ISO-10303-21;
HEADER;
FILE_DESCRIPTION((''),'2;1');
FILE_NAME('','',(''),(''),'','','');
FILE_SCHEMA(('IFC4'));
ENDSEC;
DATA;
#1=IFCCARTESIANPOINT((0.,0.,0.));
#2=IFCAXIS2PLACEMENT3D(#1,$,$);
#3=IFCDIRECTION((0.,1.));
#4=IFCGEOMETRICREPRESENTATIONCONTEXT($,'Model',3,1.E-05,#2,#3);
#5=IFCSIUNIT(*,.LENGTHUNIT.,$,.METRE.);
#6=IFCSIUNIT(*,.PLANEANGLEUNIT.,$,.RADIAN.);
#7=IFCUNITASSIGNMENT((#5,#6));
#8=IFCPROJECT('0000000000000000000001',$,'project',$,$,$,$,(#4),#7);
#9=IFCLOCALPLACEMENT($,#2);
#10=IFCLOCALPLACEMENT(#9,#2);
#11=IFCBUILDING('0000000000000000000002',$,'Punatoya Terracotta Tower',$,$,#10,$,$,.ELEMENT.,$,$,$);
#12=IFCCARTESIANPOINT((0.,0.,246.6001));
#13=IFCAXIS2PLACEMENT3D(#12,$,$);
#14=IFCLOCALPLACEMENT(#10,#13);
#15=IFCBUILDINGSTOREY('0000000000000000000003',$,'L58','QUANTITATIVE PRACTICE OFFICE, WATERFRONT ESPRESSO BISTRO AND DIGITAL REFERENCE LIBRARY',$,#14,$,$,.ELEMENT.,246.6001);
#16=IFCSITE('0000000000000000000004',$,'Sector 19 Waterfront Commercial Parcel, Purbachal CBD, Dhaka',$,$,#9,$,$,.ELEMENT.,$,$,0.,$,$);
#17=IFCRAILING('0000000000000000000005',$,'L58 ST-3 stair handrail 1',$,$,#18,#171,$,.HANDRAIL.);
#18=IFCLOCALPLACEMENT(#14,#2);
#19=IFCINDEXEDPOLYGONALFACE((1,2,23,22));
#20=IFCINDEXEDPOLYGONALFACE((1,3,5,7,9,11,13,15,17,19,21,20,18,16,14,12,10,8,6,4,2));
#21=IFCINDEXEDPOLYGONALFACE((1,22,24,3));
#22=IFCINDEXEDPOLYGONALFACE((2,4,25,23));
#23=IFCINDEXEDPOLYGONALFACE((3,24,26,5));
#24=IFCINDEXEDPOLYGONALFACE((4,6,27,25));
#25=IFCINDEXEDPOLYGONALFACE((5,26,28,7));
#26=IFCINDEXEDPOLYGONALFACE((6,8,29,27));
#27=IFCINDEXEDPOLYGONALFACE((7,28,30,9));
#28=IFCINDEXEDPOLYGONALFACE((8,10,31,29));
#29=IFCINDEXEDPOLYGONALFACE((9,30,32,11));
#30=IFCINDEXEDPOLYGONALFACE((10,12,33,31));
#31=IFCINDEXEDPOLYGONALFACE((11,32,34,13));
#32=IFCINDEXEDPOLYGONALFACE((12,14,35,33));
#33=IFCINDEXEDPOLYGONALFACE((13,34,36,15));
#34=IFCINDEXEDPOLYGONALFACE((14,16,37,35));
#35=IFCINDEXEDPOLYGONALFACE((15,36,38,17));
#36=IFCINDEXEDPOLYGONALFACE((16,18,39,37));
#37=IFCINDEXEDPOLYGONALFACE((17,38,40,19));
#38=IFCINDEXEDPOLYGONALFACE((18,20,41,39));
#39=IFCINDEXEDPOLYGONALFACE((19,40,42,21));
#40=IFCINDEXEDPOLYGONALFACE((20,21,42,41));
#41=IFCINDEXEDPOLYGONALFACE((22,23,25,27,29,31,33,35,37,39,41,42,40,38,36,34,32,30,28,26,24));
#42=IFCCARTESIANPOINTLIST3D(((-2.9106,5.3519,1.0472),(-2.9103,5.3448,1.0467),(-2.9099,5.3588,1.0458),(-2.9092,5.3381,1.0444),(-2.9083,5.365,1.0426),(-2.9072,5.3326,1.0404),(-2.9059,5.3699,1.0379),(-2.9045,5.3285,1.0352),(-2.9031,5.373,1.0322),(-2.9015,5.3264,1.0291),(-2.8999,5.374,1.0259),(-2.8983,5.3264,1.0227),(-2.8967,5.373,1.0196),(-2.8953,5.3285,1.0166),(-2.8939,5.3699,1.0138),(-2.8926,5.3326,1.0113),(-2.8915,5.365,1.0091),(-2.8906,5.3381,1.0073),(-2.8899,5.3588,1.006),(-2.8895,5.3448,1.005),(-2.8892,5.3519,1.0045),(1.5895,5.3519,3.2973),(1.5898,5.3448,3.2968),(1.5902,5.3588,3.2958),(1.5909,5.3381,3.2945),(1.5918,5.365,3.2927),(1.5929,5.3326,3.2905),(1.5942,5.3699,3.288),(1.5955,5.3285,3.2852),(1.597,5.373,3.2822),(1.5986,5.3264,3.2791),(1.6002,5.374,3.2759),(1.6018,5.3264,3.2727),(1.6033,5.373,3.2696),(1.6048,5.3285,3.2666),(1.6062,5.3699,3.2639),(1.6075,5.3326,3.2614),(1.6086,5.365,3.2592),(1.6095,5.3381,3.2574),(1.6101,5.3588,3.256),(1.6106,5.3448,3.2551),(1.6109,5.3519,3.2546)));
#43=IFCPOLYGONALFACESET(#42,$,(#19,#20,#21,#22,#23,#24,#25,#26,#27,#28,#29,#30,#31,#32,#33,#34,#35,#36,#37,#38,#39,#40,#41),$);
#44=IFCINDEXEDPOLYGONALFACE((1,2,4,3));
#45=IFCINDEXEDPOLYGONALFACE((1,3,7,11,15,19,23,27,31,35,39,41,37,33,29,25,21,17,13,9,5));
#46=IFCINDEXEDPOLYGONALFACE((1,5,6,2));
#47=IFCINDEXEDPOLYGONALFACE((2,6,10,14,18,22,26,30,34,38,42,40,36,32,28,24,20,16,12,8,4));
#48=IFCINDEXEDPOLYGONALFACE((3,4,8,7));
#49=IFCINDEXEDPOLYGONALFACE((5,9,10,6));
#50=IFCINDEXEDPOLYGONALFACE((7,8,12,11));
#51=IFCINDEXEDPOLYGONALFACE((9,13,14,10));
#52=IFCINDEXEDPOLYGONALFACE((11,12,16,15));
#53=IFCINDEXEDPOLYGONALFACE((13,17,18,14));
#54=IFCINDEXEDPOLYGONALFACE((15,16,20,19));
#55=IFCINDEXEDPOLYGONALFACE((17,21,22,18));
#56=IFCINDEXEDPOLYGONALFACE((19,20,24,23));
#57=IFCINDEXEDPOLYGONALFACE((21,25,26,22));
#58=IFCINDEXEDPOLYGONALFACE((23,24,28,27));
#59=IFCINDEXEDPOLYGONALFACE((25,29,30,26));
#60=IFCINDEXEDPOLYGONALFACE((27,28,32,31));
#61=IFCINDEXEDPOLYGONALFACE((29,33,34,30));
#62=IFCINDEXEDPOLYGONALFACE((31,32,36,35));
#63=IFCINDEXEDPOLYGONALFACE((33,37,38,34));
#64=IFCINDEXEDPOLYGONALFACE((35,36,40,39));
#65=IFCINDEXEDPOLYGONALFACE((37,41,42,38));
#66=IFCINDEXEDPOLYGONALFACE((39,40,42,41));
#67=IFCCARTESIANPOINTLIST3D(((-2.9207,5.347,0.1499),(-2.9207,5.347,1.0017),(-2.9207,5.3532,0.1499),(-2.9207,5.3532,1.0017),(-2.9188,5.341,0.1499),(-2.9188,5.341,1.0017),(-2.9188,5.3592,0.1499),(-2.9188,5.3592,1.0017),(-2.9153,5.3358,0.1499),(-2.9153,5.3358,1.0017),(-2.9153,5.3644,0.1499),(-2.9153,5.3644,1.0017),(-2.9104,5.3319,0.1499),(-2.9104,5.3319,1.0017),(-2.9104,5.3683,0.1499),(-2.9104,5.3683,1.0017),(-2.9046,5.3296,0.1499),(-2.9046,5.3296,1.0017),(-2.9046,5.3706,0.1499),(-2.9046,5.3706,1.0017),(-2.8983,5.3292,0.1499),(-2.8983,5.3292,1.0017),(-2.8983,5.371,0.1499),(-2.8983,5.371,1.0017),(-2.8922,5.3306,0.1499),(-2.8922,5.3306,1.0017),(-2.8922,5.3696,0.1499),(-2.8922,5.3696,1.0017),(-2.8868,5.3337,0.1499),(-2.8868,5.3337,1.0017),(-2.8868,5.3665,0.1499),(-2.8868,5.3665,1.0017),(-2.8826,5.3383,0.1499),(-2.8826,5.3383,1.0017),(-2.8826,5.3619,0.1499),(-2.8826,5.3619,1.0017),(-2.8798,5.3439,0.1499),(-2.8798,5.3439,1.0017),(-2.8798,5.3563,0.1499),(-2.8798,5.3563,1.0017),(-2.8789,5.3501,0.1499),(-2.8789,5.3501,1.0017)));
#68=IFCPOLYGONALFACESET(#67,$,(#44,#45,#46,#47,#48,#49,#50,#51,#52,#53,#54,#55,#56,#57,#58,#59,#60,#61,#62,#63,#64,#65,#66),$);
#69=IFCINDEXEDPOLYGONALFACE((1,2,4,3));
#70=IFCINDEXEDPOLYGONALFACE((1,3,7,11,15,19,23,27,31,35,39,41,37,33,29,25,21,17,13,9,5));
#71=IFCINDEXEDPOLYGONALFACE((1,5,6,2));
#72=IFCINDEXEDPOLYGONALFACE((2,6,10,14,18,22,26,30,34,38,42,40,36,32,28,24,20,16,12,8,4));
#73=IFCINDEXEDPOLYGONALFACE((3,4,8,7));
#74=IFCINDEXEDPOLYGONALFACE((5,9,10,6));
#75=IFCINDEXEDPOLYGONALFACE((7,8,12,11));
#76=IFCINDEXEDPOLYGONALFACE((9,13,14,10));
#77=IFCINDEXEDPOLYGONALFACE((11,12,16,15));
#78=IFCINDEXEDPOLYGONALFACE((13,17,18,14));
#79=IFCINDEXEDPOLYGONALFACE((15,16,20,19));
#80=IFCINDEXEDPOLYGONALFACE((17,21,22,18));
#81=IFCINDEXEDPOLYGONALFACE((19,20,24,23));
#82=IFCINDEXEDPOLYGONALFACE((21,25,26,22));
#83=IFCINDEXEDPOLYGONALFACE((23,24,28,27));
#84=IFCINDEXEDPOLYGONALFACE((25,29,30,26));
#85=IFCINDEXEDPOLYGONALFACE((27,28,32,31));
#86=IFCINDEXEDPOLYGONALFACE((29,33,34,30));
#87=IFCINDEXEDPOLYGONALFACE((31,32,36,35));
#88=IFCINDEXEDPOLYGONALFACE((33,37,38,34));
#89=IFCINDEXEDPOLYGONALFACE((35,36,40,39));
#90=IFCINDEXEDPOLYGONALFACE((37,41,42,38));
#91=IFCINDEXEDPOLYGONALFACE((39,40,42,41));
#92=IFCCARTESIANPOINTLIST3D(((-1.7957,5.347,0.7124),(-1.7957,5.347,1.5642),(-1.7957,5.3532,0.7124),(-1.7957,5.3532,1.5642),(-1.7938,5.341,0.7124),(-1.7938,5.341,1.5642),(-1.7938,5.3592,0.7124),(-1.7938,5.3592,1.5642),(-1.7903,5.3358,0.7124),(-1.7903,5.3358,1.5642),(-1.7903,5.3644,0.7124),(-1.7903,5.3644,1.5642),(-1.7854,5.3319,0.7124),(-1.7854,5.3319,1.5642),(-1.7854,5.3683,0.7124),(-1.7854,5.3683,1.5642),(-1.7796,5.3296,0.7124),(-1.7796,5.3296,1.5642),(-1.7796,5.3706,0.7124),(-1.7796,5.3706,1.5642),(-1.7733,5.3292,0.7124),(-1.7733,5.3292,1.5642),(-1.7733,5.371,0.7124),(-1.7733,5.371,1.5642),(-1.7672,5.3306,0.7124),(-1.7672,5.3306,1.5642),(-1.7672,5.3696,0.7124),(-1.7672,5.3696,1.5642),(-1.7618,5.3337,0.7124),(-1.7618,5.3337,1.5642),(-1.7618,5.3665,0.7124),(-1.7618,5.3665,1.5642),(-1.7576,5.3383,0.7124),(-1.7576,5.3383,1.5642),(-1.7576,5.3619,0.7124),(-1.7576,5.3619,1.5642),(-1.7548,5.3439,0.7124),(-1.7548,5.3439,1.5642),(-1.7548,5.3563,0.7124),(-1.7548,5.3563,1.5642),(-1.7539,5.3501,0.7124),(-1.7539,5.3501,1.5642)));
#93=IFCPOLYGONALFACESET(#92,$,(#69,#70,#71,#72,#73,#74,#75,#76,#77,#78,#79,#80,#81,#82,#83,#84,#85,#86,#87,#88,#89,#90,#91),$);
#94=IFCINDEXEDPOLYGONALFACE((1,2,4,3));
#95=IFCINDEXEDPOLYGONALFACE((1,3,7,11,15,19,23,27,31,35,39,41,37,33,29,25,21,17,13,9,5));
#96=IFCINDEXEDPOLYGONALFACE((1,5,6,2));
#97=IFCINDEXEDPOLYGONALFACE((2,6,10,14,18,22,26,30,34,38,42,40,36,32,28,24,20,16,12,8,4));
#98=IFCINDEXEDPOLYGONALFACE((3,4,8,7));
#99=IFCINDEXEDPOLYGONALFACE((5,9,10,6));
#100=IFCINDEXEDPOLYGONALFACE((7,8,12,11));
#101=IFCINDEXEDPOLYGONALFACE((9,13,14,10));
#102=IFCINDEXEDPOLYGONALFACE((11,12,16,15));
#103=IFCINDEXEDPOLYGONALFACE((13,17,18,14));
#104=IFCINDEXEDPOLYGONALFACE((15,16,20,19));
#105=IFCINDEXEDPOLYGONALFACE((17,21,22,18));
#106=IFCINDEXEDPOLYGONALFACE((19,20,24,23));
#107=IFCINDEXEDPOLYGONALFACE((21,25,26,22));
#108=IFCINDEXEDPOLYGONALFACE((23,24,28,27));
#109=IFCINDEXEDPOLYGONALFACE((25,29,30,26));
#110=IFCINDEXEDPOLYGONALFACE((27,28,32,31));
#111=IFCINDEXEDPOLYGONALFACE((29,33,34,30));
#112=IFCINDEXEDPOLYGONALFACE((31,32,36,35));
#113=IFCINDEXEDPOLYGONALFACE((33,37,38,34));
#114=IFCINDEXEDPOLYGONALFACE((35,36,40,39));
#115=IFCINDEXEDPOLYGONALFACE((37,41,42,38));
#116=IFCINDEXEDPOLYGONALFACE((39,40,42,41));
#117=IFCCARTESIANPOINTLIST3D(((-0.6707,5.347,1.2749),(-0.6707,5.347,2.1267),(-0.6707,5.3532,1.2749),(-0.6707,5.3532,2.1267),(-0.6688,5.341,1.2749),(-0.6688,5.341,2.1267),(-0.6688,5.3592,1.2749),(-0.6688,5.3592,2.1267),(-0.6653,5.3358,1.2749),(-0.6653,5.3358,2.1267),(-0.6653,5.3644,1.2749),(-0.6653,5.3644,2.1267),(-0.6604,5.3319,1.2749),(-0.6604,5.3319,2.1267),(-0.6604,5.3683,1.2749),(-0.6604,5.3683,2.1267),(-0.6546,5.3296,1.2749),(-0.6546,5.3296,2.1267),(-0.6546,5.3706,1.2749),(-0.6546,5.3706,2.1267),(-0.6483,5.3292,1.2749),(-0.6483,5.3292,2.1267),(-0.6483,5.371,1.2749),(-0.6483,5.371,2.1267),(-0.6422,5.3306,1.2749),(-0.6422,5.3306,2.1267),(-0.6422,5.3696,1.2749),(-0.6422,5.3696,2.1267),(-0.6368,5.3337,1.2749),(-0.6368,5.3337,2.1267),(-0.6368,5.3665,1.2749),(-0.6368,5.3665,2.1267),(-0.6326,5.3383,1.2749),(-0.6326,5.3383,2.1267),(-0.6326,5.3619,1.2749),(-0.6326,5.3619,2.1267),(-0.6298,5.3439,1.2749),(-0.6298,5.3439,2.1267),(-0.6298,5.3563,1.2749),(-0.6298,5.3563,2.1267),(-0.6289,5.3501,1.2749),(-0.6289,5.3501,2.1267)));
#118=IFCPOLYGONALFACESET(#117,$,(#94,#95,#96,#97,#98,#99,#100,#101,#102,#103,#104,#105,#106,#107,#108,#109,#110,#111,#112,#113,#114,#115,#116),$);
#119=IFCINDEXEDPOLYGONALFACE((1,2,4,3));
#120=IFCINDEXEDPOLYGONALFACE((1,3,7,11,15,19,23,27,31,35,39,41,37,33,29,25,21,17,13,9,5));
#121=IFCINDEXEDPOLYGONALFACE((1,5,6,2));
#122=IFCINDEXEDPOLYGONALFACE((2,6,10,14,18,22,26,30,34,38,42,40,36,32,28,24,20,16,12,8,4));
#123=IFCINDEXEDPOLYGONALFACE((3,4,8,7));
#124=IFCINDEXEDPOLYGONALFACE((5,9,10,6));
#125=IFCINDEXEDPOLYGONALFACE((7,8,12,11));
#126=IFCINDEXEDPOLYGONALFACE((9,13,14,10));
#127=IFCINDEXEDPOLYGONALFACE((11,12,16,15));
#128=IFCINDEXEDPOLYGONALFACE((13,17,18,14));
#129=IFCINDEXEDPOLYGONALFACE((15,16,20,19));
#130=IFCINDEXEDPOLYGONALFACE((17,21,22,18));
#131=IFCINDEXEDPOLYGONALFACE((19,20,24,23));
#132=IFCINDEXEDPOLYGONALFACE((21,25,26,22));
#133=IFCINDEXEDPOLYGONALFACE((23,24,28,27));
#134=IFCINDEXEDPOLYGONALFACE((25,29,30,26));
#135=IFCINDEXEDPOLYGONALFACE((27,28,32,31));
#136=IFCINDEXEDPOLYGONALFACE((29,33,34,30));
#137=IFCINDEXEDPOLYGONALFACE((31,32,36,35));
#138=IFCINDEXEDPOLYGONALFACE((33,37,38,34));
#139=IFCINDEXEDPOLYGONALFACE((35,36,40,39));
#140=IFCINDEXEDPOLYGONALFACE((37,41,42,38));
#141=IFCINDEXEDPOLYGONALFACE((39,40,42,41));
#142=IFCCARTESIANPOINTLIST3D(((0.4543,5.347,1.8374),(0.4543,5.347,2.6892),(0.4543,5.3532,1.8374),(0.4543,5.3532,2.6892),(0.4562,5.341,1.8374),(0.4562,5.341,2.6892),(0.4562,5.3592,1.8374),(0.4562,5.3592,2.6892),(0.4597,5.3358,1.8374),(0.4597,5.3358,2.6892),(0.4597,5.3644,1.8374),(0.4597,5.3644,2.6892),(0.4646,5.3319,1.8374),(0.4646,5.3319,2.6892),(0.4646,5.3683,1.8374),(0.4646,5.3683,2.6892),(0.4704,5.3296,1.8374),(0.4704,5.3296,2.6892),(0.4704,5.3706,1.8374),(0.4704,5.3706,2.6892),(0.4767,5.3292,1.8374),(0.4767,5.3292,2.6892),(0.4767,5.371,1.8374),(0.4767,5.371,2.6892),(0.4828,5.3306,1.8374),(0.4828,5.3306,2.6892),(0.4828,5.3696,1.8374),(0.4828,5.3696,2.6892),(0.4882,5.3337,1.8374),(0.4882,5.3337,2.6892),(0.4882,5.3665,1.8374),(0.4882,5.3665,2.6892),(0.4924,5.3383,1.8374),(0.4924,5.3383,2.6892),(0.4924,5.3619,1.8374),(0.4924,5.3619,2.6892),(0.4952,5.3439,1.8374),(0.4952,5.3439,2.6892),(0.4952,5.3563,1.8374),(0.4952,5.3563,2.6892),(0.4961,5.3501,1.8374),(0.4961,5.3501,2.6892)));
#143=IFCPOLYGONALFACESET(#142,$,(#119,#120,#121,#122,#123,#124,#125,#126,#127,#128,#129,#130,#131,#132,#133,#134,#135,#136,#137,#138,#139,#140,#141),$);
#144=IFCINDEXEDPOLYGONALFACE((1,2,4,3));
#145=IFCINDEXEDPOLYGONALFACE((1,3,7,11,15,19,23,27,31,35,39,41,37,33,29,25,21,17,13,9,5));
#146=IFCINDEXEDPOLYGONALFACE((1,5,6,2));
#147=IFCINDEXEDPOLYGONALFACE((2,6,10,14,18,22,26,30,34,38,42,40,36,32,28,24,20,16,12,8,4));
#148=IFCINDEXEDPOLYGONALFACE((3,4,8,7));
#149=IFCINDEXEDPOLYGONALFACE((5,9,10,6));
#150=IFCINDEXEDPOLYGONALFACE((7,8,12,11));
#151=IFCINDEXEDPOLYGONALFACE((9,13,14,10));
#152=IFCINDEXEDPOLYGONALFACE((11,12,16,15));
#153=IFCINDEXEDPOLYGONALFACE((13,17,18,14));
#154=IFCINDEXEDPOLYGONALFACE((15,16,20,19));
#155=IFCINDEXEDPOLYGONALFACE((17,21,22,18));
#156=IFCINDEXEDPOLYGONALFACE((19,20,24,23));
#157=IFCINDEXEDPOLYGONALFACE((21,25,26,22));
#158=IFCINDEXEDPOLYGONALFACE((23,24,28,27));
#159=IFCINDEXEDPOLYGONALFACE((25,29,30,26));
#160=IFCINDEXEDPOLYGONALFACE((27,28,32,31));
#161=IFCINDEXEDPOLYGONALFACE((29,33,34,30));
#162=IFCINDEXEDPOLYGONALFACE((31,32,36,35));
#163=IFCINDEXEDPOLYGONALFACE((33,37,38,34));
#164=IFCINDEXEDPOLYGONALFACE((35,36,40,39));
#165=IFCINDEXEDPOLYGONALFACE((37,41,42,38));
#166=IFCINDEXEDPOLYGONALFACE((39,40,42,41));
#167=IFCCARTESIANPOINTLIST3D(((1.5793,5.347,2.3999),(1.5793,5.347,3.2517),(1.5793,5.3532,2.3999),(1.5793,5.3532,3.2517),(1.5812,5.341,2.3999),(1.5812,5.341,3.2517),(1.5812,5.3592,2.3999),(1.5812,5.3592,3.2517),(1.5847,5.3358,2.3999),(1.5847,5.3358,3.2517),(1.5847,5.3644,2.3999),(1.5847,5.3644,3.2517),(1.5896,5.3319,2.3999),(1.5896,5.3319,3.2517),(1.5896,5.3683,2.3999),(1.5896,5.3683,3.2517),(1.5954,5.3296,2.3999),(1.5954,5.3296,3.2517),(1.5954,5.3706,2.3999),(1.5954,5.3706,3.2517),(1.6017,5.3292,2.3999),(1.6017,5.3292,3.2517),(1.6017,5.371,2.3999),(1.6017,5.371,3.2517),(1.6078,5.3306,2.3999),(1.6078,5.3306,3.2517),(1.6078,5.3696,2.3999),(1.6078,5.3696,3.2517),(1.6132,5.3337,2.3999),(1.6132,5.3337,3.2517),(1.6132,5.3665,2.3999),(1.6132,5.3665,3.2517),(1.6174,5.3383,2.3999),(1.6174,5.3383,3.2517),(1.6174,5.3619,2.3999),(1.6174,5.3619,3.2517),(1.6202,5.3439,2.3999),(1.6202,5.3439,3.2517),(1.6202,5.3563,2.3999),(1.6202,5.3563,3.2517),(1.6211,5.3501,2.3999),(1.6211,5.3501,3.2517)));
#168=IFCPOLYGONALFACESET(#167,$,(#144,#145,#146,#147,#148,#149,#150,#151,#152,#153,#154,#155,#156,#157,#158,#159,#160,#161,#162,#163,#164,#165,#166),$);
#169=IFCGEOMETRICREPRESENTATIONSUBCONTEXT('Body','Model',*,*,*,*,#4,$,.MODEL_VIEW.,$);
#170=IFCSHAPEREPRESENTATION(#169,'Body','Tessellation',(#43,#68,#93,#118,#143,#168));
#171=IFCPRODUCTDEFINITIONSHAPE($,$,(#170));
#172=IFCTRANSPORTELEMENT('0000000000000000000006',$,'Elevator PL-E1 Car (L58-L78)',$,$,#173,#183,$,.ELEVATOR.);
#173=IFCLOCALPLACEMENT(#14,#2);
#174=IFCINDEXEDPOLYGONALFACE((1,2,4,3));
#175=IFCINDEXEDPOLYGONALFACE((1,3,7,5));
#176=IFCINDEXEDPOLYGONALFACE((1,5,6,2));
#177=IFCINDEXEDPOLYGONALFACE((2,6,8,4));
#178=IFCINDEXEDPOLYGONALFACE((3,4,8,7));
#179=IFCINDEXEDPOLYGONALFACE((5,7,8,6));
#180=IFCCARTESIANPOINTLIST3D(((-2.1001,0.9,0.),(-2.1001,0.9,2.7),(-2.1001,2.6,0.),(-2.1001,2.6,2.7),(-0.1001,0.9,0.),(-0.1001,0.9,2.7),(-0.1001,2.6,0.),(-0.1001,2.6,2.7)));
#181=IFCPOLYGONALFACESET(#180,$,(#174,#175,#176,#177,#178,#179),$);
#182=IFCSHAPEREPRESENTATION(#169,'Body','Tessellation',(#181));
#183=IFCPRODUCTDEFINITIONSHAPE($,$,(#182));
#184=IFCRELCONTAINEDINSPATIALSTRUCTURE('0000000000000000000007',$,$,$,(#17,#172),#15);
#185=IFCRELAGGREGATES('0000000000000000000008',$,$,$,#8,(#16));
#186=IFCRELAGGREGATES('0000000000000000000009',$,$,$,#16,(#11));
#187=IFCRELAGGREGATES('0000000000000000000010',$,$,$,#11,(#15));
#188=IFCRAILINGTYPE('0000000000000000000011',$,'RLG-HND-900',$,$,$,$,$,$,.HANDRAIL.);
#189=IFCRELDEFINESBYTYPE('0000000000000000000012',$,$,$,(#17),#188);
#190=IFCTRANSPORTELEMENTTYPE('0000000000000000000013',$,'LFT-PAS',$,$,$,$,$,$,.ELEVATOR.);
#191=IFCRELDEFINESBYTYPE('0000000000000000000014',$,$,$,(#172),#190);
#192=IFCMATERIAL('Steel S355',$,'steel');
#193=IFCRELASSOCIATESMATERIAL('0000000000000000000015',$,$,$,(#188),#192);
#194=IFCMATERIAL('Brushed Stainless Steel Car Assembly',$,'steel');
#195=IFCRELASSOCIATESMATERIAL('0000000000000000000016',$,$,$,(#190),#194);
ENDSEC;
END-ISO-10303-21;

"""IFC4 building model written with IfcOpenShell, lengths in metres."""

from ifc_helpers import new_model, si_unit, direction, frame, origin, origin_2d, place, context, subcontext, project, spatial, rectangle, circle, extrude, material, type_object, element, save


model = new_model("IFC4")

# Units and contexts
model_context = context("Model", 3, precision=1e-05, world=origin(), true_north=direction((0.0, 1.0)))
body_context = subcontext(model_context, "Body", "Model", "MODEL_VIEW")
ifc_project = project(units=[si_unit("LENGTHUNIT", "METRE"), si_unit("PLANEANGLEUNIT", "RADIAN")], contexts=[model_context])

# Site, building, storey
site_placement = place(None, origin())
site = spatial("IfcSite", under=ifc_project, at=site_placement, Name="Sector 19 Waterfront Commercial Parcel, Purbachal CBD, Dhaka", CompositionType="ELEMENT", RefElevation=0.0)
building_placement = place(site_placement, origin())
building = spatial("IfcBuilding", under=site, at=building_placement, Name="Punatoya Terracotta Tower", CompositionType="ELEMENT")
storey_placement = place(building_placement, frame((0.0, 0.0, 246.6001)))
storey = spatial("IfcBuildingStorey", under=building, at=storey_placement, Name="L58", Description="QUANTITATIVE PRACTICE OFFICE, WATERFRONT ESPRESSO BISTRO AND DIGITAL REFERENCE LIBRARY", CompositionType="ELEMENT", Elevation=246.6001)

# Railing
ifc_material_1 = material(Name="Steel S355", Category="steel")
railing_type_1 = type_object("IfcRailingType", Name="RLG-HND-900", PredefinedType="HANDRAIL", material=ifc_material_1)
railing_1_placement = place(storey_placement, frame((-2.8999, 5.3501, 0.1499)))
element("IfcRailing", 1, at=railing_1_placement, inside=storey, type_object=railing_type_1, Name="L58 ST-3 stair handrail 1", PredefinedType="HANDRAIL", context=body_context, shape_type="SweptSolid", body=[
    extrude(circle(Radius=0.0239, at=origin_2d()), frame((0.0, 0.0, 0.876), z_axis=(0.894427, 0.0, 0.447214), x_axis=(0.0, 1.0, 0.0)), (0.0, 0.0, 1.0), 5.0312),
    extrude(circle(Radius=0.021, at=origin_2d()), origin(), (0.0, 0.0, 1.0), 0.8518),
    extrude(circle(Radius=0.021, at=origin_2d()), frame((1.125, 0.0, 0.5625)), (0.0, 0.0, 1.0), 0.8518),
    extrude(circle(Radius=0.021, at=origin_2d()), frame((2.25, 0.0, 1.125)), (0.0, 0.0, 1.0), 0.8518),
    extrude(circle(Radius=0.021, at=origin_2d()), frame((3.375, 0.0, 1.6875)), (0.0, 0.0, 1.0), 0.8518),
    extrude(circle(Radius=0.021, at=origin_2d()), frame((4.5, 0.0, 2.25)), (0.0, 0.0, 1.0), 0.8518),
])

# Transport element
ifc_material_2 = material(Name="Brushed Stainless Steel Car Assembly", Category="steel")
transport_element_type = type_object("IfcTransportElementType", Name="LFT-PAS", PredefinedType="ELEVATOR", material=ifc_material_2)
transport_element_placement = place(storey_placement, frame((-1.1001, 1.75, 0.0), z_axis=(0.0, 0.0, 1.0), x_axis=(1.0, 0.0, 0.0)))
element("IfcTransportElement", 2, at=transport_element_placement, inside=storey, type_object=transport_element_type, Name="Elevator PL-E1 Car (L58-L78)", PredefinedType="ELEVATOR", context=body_context, shape_type="SweptSolid", body=[
    extrude(rectangle(XDim=2.0, YDim=1.7, at=origin_2d()), origin(), (0.0, 0.0, 1.0), 2.7),
])

save(model, "model.ifc")
